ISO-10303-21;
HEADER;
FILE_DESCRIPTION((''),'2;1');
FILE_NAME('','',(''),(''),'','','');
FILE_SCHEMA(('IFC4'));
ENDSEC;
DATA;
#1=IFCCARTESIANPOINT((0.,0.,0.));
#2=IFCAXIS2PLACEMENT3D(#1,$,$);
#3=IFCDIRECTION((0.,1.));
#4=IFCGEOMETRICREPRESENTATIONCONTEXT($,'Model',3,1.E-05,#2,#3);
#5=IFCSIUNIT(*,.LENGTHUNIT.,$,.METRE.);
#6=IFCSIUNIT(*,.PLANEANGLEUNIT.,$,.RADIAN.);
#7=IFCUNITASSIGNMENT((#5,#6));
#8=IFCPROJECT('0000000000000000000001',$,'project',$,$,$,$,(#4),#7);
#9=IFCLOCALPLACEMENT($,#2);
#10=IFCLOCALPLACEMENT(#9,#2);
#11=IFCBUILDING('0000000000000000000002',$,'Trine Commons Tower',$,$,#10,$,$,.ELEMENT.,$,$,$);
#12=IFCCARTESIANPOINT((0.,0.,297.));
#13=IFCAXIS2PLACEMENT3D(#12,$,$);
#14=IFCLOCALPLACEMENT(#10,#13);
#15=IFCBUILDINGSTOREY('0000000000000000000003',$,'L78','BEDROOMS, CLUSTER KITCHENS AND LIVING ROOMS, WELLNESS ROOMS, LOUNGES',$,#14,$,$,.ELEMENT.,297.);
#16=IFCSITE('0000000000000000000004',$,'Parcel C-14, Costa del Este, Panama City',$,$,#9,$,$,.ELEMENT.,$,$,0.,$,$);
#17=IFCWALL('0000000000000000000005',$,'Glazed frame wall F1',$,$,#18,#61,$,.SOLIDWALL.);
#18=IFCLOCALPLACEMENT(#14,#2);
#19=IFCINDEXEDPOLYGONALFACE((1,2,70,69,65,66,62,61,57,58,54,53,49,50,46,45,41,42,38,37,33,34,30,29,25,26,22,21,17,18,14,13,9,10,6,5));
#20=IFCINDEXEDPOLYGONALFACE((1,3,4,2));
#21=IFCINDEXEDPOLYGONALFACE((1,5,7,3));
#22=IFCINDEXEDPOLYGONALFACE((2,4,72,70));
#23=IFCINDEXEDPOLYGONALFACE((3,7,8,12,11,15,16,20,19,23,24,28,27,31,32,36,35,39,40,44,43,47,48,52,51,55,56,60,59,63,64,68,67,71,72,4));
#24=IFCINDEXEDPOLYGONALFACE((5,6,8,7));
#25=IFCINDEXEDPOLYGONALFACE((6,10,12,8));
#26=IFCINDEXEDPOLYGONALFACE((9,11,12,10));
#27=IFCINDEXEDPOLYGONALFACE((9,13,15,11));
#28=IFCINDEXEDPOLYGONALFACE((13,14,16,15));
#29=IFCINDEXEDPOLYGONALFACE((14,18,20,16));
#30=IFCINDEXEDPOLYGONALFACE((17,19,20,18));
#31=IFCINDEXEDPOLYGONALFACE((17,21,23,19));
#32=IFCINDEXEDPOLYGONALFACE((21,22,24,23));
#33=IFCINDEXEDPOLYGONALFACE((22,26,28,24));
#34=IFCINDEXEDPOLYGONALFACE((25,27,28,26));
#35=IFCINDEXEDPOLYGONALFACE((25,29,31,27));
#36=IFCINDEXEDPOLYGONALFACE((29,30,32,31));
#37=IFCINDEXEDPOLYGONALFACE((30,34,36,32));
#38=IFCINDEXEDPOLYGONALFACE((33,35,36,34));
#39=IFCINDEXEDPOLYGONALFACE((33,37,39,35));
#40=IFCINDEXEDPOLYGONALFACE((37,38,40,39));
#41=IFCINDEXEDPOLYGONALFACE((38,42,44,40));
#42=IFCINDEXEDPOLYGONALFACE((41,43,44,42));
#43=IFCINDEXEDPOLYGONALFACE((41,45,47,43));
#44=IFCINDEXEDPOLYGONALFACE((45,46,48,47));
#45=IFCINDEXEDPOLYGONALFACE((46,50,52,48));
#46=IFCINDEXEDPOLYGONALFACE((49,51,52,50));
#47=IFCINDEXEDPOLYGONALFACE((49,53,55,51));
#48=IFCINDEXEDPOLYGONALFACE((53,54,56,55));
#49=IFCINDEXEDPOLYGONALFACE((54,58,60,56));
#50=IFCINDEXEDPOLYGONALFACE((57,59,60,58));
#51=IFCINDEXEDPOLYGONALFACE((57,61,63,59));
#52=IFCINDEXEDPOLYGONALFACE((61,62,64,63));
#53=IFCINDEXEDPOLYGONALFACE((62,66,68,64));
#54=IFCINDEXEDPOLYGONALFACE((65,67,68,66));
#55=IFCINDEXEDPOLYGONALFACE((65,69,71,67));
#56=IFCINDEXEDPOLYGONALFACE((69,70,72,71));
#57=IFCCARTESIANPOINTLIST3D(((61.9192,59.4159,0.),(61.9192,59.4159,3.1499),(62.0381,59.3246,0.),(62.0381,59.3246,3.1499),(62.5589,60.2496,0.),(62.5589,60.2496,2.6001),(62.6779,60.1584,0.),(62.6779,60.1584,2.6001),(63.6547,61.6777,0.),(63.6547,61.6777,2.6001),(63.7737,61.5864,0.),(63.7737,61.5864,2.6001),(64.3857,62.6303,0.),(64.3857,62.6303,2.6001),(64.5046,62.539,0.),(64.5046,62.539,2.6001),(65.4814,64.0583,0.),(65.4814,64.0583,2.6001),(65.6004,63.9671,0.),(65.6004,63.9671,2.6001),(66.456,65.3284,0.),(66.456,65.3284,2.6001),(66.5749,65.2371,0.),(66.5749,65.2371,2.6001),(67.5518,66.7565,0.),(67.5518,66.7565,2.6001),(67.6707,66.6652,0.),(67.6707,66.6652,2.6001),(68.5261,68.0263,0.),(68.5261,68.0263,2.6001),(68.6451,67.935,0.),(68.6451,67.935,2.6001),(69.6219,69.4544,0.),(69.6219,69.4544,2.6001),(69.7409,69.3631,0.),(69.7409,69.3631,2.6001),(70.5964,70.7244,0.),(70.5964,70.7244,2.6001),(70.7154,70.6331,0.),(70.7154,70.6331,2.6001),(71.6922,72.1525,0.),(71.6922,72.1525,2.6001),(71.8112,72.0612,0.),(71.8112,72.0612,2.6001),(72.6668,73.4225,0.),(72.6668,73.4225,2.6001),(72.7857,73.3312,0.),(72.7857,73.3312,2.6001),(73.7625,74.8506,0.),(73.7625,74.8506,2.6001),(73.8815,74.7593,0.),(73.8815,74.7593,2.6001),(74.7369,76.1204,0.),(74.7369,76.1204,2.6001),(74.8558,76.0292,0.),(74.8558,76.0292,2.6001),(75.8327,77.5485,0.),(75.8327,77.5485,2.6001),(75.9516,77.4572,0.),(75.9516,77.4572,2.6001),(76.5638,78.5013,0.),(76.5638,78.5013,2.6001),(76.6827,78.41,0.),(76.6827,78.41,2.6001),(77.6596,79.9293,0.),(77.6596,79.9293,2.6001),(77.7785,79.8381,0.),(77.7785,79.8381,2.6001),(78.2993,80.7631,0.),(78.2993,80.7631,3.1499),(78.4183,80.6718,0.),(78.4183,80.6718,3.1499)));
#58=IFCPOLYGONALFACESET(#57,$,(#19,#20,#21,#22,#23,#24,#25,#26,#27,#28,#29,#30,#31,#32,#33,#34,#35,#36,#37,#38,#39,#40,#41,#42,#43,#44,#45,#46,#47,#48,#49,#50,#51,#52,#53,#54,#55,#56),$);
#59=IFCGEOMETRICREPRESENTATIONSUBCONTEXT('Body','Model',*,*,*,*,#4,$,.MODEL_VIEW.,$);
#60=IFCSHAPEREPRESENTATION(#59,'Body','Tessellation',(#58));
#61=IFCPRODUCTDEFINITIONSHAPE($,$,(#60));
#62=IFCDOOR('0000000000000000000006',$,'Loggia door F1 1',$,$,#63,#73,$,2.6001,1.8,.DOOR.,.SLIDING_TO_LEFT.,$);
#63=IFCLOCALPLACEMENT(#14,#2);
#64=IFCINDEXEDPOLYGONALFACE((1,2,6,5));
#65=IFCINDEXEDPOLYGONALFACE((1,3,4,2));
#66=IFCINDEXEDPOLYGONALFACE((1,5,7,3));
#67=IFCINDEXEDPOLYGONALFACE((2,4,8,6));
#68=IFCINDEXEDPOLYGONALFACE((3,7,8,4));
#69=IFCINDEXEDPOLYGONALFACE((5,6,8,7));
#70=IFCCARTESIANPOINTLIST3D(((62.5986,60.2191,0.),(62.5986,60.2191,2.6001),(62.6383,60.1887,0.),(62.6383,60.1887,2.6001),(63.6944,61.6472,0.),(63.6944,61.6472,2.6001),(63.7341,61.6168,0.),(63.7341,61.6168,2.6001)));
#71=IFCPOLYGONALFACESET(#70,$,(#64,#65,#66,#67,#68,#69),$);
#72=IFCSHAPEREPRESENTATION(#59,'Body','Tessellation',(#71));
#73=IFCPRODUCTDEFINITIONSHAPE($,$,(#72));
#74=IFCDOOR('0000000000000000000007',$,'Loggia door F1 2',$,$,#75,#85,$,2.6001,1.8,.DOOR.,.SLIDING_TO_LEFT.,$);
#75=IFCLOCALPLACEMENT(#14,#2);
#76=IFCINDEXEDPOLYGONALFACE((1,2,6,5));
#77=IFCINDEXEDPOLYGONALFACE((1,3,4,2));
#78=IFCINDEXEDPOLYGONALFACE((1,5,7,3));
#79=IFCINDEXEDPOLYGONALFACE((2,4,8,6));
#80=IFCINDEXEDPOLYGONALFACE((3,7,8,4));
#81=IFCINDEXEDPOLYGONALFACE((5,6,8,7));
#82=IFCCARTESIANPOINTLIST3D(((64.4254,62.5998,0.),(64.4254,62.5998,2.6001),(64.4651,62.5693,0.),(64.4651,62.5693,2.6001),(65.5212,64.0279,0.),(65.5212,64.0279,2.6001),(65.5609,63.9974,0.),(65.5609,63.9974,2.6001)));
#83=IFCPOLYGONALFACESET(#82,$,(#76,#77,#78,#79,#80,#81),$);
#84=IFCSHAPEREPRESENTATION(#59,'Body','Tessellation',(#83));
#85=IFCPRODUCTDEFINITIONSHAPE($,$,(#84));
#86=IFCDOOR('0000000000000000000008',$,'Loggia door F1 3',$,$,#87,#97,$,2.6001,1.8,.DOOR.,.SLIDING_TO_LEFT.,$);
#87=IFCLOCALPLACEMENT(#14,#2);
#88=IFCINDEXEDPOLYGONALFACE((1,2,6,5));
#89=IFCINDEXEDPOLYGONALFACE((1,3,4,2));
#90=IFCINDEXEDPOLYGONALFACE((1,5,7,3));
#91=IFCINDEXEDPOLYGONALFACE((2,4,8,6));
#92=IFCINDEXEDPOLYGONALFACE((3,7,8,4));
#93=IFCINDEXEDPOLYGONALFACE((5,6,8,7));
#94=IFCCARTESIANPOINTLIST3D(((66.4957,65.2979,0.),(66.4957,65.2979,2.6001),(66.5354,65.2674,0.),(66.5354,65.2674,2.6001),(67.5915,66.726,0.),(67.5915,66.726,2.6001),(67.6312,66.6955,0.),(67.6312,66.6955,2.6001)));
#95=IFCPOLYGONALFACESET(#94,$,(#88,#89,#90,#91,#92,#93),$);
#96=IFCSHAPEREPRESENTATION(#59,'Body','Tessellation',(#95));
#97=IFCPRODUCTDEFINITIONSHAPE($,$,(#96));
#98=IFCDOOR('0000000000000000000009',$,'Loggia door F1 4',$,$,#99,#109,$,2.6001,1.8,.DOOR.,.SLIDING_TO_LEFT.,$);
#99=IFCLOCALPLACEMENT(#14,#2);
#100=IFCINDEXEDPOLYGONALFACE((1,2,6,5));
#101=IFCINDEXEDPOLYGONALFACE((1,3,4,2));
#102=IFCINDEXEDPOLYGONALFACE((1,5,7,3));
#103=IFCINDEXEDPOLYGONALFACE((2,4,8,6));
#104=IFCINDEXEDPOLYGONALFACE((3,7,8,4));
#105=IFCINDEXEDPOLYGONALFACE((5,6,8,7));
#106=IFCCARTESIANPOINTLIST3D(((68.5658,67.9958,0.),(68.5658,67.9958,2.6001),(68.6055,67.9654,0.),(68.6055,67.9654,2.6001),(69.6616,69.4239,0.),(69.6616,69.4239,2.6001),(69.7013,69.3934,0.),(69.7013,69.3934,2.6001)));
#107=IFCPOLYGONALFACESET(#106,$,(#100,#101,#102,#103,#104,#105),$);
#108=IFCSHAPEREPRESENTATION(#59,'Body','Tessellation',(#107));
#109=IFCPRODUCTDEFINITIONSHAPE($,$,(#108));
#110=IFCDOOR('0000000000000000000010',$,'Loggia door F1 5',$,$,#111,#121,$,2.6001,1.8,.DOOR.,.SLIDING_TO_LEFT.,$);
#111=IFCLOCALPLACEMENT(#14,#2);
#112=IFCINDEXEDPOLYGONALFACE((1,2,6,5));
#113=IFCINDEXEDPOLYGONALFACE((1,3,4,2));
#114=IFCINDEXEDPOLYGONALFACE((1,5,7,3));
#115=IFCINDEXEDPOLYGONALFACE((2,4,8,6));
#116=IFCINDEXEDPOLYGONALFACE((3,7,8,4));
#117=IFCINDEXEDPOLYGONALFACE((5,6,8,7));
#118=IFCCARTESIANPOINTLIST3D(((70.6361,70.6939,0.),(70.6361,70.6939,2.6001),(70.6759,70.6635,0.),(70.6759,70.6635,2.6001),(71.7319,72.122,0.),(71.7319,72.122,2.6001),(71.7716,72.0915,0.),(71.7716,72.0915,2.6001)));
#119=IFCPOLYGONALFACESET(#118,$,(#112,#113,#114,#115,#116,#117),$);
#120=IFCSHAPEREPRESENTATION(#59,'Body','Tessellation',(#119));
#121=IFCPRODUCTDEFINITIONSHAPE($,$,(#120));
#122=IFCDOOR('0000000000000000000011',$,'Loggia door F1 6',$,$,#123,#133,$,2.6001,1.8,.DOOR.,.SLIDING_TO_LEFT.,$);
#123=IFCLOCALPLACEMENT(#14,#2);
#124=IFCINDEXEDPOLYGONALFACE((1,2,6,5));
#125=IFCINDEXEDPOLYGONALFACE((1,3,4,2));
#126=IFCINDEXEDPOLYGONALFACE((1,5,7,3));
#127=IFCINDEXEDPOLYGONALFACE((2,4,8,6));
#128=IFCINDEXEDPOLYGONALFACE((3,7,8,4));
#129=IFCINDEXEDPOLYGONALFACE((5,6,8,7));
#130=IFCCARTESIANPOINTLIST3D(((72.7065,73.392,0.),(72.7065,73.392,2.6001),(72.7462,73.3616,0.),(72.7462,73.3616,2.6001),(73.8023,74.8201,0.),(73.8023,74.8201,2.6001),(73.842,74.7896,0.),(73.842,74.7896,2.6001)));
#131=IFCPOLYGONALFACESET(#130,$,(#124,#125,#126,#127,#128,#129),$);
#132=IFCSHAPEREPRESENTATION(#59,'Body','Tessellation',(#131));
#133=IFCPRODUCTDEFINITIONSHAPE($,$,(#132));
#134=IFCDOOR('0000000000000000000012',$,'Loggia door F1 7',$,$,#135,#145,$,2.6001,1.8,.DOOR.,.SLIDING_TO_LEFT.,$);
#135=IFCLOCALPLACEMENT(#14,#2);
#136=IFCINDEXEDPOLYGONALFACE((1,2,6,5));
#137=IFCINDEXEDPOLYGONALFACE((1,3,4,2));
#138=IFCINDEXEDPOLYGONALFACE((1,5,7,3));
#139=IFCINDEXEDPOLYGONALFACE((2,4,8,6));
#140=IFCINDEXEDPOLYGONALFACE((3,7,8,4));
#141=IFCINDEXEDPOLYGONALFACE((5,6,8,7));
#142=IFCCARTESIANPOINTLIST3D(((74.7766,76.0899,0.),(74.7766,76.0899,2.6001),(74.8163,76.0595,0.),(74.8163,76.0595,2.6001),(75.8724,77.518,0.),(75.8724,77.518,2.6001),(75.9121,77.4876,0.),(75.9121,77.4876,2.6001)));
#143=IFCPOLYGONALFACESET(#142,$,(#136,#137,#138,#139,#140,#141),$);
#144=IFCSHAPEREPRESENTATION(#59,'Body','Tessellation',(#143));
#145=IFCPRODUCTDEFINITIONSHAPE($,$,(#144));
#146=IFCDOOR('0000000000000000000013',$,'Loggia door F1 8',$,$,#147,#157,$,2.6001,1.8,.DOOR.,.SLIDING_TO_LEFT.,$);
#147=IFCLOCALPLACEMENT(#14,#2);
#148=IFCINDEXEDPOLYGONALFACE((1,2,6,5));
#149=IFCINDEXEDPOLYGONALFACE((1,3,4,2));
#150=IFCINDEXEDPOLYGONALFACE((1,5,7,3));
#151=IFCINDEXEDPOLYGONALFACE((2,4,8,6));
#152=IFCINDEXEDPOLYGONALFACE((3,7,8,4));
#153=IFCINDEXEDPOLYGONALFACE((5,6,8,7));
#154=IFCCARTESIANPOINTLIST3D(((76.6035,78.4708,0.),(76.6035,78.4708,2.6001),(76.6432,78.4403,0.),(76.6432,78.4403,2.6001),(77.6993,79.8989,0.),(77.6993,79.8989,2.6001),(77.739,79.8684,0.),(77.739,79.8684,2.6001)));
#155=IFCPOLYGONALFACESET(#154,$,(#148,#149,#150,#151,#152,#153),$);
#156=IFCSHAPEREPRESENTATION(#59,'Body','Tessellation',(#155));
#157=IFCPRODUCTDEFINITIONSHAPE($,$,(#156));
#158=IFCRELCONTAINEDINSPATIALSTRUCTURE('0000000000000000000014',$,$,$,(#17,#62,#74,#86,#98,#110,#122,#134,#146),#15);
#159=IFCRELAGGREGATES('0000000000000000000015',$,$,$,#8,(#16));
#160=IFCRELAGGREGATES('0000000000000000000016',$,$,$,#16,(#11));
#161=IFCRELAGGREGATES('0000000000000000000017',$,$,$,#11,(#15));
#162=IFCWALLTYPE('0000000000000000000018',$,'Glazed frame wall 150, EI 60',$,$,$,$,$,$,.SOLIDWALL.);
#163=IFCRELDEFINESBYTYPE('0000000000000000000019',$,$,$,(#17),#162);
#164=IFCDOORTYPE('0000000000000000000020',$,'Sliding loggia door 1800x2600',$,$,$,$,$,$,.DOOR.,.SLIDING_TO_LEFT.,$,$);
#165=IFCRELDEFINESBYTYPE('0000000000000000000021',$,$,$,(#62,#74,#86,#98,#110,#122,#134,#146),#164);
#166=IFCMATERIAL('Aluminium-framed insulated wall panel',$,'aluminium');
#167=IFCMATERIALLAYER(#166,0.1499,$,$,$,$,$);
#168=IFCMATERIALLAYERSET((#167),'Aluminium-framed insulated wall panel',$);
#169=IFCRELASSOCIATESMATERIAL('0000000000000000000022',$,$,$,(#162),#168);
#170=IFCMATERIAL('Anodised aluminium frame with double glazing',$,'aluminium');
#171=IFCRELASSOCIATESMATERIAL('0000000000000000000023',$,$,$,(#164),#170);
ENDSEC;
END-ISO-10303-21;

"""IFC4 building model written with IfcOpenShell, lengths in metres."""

from ifc_helpers import new_model, si_unit, direction, frame, frame_2d, origin, place, context, subcontext, project, spatial, polyline, rectangle, outline, extrude, material, layer, layer_set, type_object, element, fill, save


model = new_model("IFC4")

# Units and contexts
model_context = context("Model", 3, precision=1e-05, world=origin(), true_north=direction((0.0, 1.0)))
body_context = subcontext(model_context, "Body", "Model", "MODEL_VIEW")
ifc_project = project(units=[si_unit("LENGTHUNIT", "METRE"), si_unit("PLANEANGLEUNIT", "RADIAN")], contexts=[model_context])

# Site, building, storey
site_placement = place(None, origin())
site = spatial("IfcSite", under=ifc_project, at=site_placement, Name="Parcel C-14, Costa del Este, Panama City", CompositionType="ELEMENT", RefElevation=0.0)
building_placement = place(site_placement, origin())
building = spatial("IfcBuilding", under=site, at=building_placement, Name="Trine Commons Tower", CompositionType="ELEMENT")
storey_placement = place(building_placement, frame((0.0, 0.0, 297.0)))
storey = spatial("IfcBuildingStorey", under=building, at=storey_placement, Name="L78", Description="BEDROOMS, CLUSTER KITCHENS AND LIVING ROOMS, WELLNESS ROOMS, LOUNGES", CompositionType="ELEMENT", Elevation=297.0)

# Wall, openings, doors
ifc_material_1 = material(Name="Aluminium-framed insulated wall panel", Category="aluminium")
ifc_layer_1 = layer(ifc_material_1, 0.1499)
ifc_layer_set_1 = layer_set([ifc_layer_1], Name="Aluminium-framed insulated wall panel")
wall_type_1 = type_object("IfcWallType", Name="Glazed frame wall 150, EI 60", PredefinedType="SOLIDWALL", material=ifc_layer_set_1)
wall_1_placement = place(storey_placement, frame((61.8877, 59.2517, 0.0), z_axis=(0.0, 0.0, 1.0), x_axis=(0.608758, 0.793356, 0.0)))
wall_1 = element("IfcWall", 1, at=wall_1_placement, inside=storey, type_object=wall_type_1, Name="Glazed frame wall F1", PredefinedType="SOLIDWALL", context=body_context, shape_type="SweptSolid", body=[
    extrude(outline(polyline([(0.1494, 0.075), (0.1494, -0.075), (27.0569, -0.075), (27.0569, 0.075), (0.1494, 0.075)])), origin(), (0.0, 0.0, 1.0), 3.1499),
])
opening_1_placement = place(wall_1_placement, frame((1.2004, 0.0, 0.0)))
opening_1 = element("IfcOpeningElement", 2, at=opening_1_placement, cuts=wall_1, PredefinedType="OPENING", context=body_context, shape_type="SweptSolid", body=[
    extrude(rectangle(XDim=1.8, YDim=2.6001, at=frame_2d((0.8999, 1.3))), frame((0.0, 0.085, 0.0), z_axis=(0.0, -1.0, 0.0), x_axis=(1.0, 0.0, 0.0)), (0.0, 0.0, 1.0), 0.1699),
])
opening_2_placement = place(wall_1_placement, frame((4.2012, 0.0, 0.0)))
opening_2 = element("IfcOpeningElement", 3, at=opening_2_placement, cuts=wall_1, PredefinedType="OPENING", context=body_context, shape_type="SweptSolid", body=[
    extrude(rectangle(XDim=1.8, YDim=2.6001, at=frame_2d((0.8999, 1.3))), frame((0.0, 0.085, 0.0), z_axis=(0.0, -1.0, 0.0), x_axis=(1.0, 0.0, 0.0)), (0.0, 0.0, 1.0), 0.1699),
])
opening_3_placement = place(wall_1_placement, frame((7.6021, 0.0, 0.0)))
opening_3 = element("IfcOpeningElement", 4, at=opening_3_placement, cuts=wall_1, PredefinedType="OPENING", context=body_context, shape_type="SweptSolid", body=[
    extrude(rectangle(XDim=1.8, YDim=2.6001, at=frame_2d((0.8999, 1.3))), frame((0.0, 0.085, 0.0), z_axis=(0.0, -1.0, 0.0), x_axis=(1.0, 0.0, 0.0)), (0.0, 0.0, 1.0), 0.1699),
])
opening_4_placement = place(wall_1_placement, frame((11.0027, 0.0, 0.0)))
opening_4 = element("IfcOpeningElement", 5, at=opening_4_placement, cuts=wall_1, PredefinedType="OPENING", context=body_context, shape_type="SweptSolid", body=[
    extrude(rectangle(XDim=1.8, YDim=2.6001, at=frame_2d((0.8999, 1.3))), frame((0.0, 0.085, 0.0), z_axis=(0.0, -1.0, 0.0), x_axis=(1.0, 0.0, 0.0)), (0.0, 0.0, 1.0), 0.1699),
])
opening_5_placement = place(wall_1_placement, frame((14.4036, 0.0, 0.0)))
opening_5 = element("IfcOpeningElement", 6, at=opening_5_placement, cuts=wall_1, PredefinedType="OPENING", context=body_context, shape_type="SweptSolid", body=[
    extrude(rectangle(XDim=1.8, YDim=2.6001, at=frame_2d((0.8999, 1.3))), frame((0.0, 0.085, 0.0), z_axis=(0.0, -1.0, 0.0), x_axis=(1.0, 0.0, 0.0)), (0.0, 0.0, 1.0), 0.1699),
])
opening_6_placement = place(wall_1_placement, frame((17.8044, 0.0, 0.0)))
opening_6 = element("IfcOpeningElement", 7, at=opening_6_placement, cuts=wall_1, PredefinedType="OPENING", context=body_context, shape_type="SweptSolid", body=[
    extrude(rectangle(XDim=1.8, YDim=2.6001, at=frame_2d((0.8999, 1.3))), frame((0.0, 0.085, 0.0), z_axis=(0.0, -1.0, 0.0), x_axis=(1.0, 0.0, 0.0)), (0.0, 0.0, 1.0), 0.1699),
])
opening_7_placement = place(wall_1_placement, frame((21.2051, 0.0, 0.0)))
opening_7 = element("IfcOpeningElement", 8, at=opening_7_placement, cuts=wall_1, PredefinedType="OPENING", context=body_context, shape_type="SweptSolid", body=[
    extrude(rectangle(XDim=1.8, YDim=2.6001, at=frame_2d((0.8999, 1.3))), frame((0.0, 0.085, 0.0), z_axis=(0.0, -1.0, 0.0), x_axis=(1.0, 0.0, 0.0)), (0.0, 0.0, 1.0), 0.1699),
])
opening_8_placement = place(wall_1_placement, frame((24.2061, 0.0, 0.0)))
opening_8 = element("IfcOpeningElement", 9, at=opening_8_placement, cuts=wall_1, PredefinedType="OPENING", context=body_context, shape_type="SweptSolid", body=[
    extrude(rectangle(XDim=1.8, YDim=2.6001, at=frame_2d((0.8999, 1.3))), frame((0.0, 0.085, 0.0), z_axis=(0.0, -1.0, 0.0), x_axis=(1.0, 0.0, 0.0)), (0.0, 0.0, 1.0), 0.1699),
])
ifc_material_2 = material(Name="Anodised aluminium frame with double glazing", Category="aluminium")
door_type_1 = type_object("IfcDoorType", Name="Sliding loggia door 1800x2600", OperationType="SLIDING_TO_LEFT", PredefinedType="DOOR", material=ifc_material_2)
door_1_placement = place(opening_1_placement, origin())
door_1 = element("IfcDoor", 10, at=door_1_placement, inside=storey, type_object=door_type_1, Name="Loggia door F1 1", OperationType="SLIDING_TO_LEFT", OverallHeight=2.6001, OverallWidth=1.8, PredefinedType="DOOR", context=body_context, shape_type="SweptSolid", body=[
    extrude(rectangle(XDim=1.8, YDim=2.6001, at=frame_2d((0.8999, 1.3))), frame((0.0, 0.0249, 0.0), z_axis=(0.0, -1.0, 0.0), x_axis=(1.0, 0.0, 0.0)), (0.0, 0.0, 1.0), 0.05),
])
fill(opening_1, door_1)
door_2_placement = place(opening_2_placement, origin())
door_2 = element("IfcDoor", 11, at=door_2_placement, inside=storey, type_object=door_type_1, Name="Loggia door F1 2", OperationType="SLIDING_TO_LEFT", OverallHeight=2.6001, OverallWidth=1.8, PredefinedType="DOOR", context=body_context, shape_type="SweptSolid", body=[
    extrude(rectangle(XDim=1.8, YDim=2.6001, at=frame_2d((0.8999, 1.3))), frame((0.0, 0.0249, 0.0), z_axis=(0.0, -1.0, 0.0), x_axis=(1.0, 0.0, 0.0)), (0.0, 0.0, 1.0), 0.05),
])
fill(opening_2, door_2)
door_3_placement = place(opening_3_placement, origin())
door_3 = element("IfcDoor", 12, at=door_3_placement, inside=storey, type_object=door_type_1, Name="Loggia door F1 3", OperationType="SLIDING_TO_LEFT", OverallHeight=2.6001, OverallWidth=1.8, PredefinedType="DOOR", context=body_context, shape_type="SweptSolid", body=[
    extrude(rectangle(XDim=1.8, YDim=2.6001, at=frame_2d((0.8999, 1.3))), frame((0.0, 0.0249, 0.0), z_axis=(0.0, -1.0, 0.0), x_axis=(1.0, 0.0, 0.0)), (0.0, 0.0, 1.0), 0.05),
])
fill(opening_3, door_3)
door_4_placement = place(opening_4_placement, origin())
door_4 = element("IfcDoor", 13, at=door_4_placement, inside=storey, type_object=door_type_1, Name="Loggia door F1 4", OperationType="SLIDING_TO_LEFT", OverallHeight=2.6001, OverallWidth=1.8, PredefinedType="DOOR", context=body_context, shape_type="SweptSolid", body=[
    extrude(rectangle(XDim=1.8, YDim=2.6001, at=frame_2d((0.8999, 1.3))), frame((0.0, 0.0249, 0.0), z_axis=(0.0, -1.0, 0.0), x_axis=(1.0, 0.0, 0.0)), (0.0, 0.0, 1.0), 0.05),
])
fill(opening_4, door_4)
door_5_placement = place(opening_5_placement, origin())
door_5 = element("IfcDoor", 14, at=door_5_placement, inside=storey, type_object=door_type_1, Name="Loggia door F1 5", OperationType="SLIDING_TO_LEFT", OverallHeight=2.6001, OverallWidth=1.8, PredefinedType="DOOR", context=body_context, shape_type="SweptSolid", body=[
    extrude(rectangle(XDim=1.8, YDim=2.6001, at=frame_2d((0.8999, 1.3))), frame((0.0, 0.0249, 0.0), z_axis=(0.0, -1.0, 0.0), x_axis=(1.0, 0.0, 0.0)), (0.0, 0.0, 1.0), 0.05),
])
fill(opening_5, door_5)
door_6_placement = place(opening_6_placement, origin())
door_6 = element("IfcDoor", 15, at=door_6_placement, inside=storey, type_object=door_type_1, Name="Loggia door F1 6", OperationType="SLIDING_TO_LEFT", OverallHeight=2.6001, OverallWidth=1.8, PredefinedType="DOOR", context=body_context, shape_type="SweptSolid", body=[
    extrude(rectangle(XDim=1.8, YDim=2.6001, at=frame_2d((0.8999, 1.3))), frame((0.0, 0.0249, 0.0), z_axis=(0.0, -1.0, 0.0), x_axis=(1.0, 0.0, 0.0)), (0.0, 0.0, 1.0), 0.05),
])
fill(opening_6, door_6)
door_7_placement = place(opening_7_placement, origin())
door_7 = element("IfcDoor", 16, at=door_7_placement, inside=storey, type_object=door_type_1, Name="Loggia door F1 7", OperationType="SLIDING_TO_LEFT", OverallHeight=2.6001, OverallWidth=1.8, PredefinedType="DOOR", context=body_context, shape_type="SweptSolid", body=[
    extrude(rectangle(XDim=1.8, YDim=2.6001, at=frame_2d((0.8999, 1.3))), frame((0.0, 0.0249, 0.0), z_axis=(0.0, -1.0, 0.0), x_axis=(1.0, 0.0, 0.0)), (0.0, 0.0, 1.0), 0.05),
])
fill(opening_7, door_7)
door_8_placement = place(opening_8_placement, origin())
door_8 = element("IfcDoor", 17, at=door_8_placement, inside=storey, type_object=door_type_1, Name="Loggia door F1 8", OperationType="SLIDING_TO_LEFT", OverallHeight=2.6001, OverallWidth=1.8, PredefinedType="DOOR", context=body_context, shape_type="SweptSolid", body=[
    extrude(rectangle(XDim=1.8, YDim=2.6001, at=frame_2d((0.8999, 1.3))), frame((0.0, 0.0249, 0.0), z_axis=(0.0, -1.0, 0.0), x_axis=(1.0, 0.0, 0.0)), (0.0, 0.0, 1.0), 0.05),
])
fill(opening_8, door_8)

save(model, "model.ifc")
